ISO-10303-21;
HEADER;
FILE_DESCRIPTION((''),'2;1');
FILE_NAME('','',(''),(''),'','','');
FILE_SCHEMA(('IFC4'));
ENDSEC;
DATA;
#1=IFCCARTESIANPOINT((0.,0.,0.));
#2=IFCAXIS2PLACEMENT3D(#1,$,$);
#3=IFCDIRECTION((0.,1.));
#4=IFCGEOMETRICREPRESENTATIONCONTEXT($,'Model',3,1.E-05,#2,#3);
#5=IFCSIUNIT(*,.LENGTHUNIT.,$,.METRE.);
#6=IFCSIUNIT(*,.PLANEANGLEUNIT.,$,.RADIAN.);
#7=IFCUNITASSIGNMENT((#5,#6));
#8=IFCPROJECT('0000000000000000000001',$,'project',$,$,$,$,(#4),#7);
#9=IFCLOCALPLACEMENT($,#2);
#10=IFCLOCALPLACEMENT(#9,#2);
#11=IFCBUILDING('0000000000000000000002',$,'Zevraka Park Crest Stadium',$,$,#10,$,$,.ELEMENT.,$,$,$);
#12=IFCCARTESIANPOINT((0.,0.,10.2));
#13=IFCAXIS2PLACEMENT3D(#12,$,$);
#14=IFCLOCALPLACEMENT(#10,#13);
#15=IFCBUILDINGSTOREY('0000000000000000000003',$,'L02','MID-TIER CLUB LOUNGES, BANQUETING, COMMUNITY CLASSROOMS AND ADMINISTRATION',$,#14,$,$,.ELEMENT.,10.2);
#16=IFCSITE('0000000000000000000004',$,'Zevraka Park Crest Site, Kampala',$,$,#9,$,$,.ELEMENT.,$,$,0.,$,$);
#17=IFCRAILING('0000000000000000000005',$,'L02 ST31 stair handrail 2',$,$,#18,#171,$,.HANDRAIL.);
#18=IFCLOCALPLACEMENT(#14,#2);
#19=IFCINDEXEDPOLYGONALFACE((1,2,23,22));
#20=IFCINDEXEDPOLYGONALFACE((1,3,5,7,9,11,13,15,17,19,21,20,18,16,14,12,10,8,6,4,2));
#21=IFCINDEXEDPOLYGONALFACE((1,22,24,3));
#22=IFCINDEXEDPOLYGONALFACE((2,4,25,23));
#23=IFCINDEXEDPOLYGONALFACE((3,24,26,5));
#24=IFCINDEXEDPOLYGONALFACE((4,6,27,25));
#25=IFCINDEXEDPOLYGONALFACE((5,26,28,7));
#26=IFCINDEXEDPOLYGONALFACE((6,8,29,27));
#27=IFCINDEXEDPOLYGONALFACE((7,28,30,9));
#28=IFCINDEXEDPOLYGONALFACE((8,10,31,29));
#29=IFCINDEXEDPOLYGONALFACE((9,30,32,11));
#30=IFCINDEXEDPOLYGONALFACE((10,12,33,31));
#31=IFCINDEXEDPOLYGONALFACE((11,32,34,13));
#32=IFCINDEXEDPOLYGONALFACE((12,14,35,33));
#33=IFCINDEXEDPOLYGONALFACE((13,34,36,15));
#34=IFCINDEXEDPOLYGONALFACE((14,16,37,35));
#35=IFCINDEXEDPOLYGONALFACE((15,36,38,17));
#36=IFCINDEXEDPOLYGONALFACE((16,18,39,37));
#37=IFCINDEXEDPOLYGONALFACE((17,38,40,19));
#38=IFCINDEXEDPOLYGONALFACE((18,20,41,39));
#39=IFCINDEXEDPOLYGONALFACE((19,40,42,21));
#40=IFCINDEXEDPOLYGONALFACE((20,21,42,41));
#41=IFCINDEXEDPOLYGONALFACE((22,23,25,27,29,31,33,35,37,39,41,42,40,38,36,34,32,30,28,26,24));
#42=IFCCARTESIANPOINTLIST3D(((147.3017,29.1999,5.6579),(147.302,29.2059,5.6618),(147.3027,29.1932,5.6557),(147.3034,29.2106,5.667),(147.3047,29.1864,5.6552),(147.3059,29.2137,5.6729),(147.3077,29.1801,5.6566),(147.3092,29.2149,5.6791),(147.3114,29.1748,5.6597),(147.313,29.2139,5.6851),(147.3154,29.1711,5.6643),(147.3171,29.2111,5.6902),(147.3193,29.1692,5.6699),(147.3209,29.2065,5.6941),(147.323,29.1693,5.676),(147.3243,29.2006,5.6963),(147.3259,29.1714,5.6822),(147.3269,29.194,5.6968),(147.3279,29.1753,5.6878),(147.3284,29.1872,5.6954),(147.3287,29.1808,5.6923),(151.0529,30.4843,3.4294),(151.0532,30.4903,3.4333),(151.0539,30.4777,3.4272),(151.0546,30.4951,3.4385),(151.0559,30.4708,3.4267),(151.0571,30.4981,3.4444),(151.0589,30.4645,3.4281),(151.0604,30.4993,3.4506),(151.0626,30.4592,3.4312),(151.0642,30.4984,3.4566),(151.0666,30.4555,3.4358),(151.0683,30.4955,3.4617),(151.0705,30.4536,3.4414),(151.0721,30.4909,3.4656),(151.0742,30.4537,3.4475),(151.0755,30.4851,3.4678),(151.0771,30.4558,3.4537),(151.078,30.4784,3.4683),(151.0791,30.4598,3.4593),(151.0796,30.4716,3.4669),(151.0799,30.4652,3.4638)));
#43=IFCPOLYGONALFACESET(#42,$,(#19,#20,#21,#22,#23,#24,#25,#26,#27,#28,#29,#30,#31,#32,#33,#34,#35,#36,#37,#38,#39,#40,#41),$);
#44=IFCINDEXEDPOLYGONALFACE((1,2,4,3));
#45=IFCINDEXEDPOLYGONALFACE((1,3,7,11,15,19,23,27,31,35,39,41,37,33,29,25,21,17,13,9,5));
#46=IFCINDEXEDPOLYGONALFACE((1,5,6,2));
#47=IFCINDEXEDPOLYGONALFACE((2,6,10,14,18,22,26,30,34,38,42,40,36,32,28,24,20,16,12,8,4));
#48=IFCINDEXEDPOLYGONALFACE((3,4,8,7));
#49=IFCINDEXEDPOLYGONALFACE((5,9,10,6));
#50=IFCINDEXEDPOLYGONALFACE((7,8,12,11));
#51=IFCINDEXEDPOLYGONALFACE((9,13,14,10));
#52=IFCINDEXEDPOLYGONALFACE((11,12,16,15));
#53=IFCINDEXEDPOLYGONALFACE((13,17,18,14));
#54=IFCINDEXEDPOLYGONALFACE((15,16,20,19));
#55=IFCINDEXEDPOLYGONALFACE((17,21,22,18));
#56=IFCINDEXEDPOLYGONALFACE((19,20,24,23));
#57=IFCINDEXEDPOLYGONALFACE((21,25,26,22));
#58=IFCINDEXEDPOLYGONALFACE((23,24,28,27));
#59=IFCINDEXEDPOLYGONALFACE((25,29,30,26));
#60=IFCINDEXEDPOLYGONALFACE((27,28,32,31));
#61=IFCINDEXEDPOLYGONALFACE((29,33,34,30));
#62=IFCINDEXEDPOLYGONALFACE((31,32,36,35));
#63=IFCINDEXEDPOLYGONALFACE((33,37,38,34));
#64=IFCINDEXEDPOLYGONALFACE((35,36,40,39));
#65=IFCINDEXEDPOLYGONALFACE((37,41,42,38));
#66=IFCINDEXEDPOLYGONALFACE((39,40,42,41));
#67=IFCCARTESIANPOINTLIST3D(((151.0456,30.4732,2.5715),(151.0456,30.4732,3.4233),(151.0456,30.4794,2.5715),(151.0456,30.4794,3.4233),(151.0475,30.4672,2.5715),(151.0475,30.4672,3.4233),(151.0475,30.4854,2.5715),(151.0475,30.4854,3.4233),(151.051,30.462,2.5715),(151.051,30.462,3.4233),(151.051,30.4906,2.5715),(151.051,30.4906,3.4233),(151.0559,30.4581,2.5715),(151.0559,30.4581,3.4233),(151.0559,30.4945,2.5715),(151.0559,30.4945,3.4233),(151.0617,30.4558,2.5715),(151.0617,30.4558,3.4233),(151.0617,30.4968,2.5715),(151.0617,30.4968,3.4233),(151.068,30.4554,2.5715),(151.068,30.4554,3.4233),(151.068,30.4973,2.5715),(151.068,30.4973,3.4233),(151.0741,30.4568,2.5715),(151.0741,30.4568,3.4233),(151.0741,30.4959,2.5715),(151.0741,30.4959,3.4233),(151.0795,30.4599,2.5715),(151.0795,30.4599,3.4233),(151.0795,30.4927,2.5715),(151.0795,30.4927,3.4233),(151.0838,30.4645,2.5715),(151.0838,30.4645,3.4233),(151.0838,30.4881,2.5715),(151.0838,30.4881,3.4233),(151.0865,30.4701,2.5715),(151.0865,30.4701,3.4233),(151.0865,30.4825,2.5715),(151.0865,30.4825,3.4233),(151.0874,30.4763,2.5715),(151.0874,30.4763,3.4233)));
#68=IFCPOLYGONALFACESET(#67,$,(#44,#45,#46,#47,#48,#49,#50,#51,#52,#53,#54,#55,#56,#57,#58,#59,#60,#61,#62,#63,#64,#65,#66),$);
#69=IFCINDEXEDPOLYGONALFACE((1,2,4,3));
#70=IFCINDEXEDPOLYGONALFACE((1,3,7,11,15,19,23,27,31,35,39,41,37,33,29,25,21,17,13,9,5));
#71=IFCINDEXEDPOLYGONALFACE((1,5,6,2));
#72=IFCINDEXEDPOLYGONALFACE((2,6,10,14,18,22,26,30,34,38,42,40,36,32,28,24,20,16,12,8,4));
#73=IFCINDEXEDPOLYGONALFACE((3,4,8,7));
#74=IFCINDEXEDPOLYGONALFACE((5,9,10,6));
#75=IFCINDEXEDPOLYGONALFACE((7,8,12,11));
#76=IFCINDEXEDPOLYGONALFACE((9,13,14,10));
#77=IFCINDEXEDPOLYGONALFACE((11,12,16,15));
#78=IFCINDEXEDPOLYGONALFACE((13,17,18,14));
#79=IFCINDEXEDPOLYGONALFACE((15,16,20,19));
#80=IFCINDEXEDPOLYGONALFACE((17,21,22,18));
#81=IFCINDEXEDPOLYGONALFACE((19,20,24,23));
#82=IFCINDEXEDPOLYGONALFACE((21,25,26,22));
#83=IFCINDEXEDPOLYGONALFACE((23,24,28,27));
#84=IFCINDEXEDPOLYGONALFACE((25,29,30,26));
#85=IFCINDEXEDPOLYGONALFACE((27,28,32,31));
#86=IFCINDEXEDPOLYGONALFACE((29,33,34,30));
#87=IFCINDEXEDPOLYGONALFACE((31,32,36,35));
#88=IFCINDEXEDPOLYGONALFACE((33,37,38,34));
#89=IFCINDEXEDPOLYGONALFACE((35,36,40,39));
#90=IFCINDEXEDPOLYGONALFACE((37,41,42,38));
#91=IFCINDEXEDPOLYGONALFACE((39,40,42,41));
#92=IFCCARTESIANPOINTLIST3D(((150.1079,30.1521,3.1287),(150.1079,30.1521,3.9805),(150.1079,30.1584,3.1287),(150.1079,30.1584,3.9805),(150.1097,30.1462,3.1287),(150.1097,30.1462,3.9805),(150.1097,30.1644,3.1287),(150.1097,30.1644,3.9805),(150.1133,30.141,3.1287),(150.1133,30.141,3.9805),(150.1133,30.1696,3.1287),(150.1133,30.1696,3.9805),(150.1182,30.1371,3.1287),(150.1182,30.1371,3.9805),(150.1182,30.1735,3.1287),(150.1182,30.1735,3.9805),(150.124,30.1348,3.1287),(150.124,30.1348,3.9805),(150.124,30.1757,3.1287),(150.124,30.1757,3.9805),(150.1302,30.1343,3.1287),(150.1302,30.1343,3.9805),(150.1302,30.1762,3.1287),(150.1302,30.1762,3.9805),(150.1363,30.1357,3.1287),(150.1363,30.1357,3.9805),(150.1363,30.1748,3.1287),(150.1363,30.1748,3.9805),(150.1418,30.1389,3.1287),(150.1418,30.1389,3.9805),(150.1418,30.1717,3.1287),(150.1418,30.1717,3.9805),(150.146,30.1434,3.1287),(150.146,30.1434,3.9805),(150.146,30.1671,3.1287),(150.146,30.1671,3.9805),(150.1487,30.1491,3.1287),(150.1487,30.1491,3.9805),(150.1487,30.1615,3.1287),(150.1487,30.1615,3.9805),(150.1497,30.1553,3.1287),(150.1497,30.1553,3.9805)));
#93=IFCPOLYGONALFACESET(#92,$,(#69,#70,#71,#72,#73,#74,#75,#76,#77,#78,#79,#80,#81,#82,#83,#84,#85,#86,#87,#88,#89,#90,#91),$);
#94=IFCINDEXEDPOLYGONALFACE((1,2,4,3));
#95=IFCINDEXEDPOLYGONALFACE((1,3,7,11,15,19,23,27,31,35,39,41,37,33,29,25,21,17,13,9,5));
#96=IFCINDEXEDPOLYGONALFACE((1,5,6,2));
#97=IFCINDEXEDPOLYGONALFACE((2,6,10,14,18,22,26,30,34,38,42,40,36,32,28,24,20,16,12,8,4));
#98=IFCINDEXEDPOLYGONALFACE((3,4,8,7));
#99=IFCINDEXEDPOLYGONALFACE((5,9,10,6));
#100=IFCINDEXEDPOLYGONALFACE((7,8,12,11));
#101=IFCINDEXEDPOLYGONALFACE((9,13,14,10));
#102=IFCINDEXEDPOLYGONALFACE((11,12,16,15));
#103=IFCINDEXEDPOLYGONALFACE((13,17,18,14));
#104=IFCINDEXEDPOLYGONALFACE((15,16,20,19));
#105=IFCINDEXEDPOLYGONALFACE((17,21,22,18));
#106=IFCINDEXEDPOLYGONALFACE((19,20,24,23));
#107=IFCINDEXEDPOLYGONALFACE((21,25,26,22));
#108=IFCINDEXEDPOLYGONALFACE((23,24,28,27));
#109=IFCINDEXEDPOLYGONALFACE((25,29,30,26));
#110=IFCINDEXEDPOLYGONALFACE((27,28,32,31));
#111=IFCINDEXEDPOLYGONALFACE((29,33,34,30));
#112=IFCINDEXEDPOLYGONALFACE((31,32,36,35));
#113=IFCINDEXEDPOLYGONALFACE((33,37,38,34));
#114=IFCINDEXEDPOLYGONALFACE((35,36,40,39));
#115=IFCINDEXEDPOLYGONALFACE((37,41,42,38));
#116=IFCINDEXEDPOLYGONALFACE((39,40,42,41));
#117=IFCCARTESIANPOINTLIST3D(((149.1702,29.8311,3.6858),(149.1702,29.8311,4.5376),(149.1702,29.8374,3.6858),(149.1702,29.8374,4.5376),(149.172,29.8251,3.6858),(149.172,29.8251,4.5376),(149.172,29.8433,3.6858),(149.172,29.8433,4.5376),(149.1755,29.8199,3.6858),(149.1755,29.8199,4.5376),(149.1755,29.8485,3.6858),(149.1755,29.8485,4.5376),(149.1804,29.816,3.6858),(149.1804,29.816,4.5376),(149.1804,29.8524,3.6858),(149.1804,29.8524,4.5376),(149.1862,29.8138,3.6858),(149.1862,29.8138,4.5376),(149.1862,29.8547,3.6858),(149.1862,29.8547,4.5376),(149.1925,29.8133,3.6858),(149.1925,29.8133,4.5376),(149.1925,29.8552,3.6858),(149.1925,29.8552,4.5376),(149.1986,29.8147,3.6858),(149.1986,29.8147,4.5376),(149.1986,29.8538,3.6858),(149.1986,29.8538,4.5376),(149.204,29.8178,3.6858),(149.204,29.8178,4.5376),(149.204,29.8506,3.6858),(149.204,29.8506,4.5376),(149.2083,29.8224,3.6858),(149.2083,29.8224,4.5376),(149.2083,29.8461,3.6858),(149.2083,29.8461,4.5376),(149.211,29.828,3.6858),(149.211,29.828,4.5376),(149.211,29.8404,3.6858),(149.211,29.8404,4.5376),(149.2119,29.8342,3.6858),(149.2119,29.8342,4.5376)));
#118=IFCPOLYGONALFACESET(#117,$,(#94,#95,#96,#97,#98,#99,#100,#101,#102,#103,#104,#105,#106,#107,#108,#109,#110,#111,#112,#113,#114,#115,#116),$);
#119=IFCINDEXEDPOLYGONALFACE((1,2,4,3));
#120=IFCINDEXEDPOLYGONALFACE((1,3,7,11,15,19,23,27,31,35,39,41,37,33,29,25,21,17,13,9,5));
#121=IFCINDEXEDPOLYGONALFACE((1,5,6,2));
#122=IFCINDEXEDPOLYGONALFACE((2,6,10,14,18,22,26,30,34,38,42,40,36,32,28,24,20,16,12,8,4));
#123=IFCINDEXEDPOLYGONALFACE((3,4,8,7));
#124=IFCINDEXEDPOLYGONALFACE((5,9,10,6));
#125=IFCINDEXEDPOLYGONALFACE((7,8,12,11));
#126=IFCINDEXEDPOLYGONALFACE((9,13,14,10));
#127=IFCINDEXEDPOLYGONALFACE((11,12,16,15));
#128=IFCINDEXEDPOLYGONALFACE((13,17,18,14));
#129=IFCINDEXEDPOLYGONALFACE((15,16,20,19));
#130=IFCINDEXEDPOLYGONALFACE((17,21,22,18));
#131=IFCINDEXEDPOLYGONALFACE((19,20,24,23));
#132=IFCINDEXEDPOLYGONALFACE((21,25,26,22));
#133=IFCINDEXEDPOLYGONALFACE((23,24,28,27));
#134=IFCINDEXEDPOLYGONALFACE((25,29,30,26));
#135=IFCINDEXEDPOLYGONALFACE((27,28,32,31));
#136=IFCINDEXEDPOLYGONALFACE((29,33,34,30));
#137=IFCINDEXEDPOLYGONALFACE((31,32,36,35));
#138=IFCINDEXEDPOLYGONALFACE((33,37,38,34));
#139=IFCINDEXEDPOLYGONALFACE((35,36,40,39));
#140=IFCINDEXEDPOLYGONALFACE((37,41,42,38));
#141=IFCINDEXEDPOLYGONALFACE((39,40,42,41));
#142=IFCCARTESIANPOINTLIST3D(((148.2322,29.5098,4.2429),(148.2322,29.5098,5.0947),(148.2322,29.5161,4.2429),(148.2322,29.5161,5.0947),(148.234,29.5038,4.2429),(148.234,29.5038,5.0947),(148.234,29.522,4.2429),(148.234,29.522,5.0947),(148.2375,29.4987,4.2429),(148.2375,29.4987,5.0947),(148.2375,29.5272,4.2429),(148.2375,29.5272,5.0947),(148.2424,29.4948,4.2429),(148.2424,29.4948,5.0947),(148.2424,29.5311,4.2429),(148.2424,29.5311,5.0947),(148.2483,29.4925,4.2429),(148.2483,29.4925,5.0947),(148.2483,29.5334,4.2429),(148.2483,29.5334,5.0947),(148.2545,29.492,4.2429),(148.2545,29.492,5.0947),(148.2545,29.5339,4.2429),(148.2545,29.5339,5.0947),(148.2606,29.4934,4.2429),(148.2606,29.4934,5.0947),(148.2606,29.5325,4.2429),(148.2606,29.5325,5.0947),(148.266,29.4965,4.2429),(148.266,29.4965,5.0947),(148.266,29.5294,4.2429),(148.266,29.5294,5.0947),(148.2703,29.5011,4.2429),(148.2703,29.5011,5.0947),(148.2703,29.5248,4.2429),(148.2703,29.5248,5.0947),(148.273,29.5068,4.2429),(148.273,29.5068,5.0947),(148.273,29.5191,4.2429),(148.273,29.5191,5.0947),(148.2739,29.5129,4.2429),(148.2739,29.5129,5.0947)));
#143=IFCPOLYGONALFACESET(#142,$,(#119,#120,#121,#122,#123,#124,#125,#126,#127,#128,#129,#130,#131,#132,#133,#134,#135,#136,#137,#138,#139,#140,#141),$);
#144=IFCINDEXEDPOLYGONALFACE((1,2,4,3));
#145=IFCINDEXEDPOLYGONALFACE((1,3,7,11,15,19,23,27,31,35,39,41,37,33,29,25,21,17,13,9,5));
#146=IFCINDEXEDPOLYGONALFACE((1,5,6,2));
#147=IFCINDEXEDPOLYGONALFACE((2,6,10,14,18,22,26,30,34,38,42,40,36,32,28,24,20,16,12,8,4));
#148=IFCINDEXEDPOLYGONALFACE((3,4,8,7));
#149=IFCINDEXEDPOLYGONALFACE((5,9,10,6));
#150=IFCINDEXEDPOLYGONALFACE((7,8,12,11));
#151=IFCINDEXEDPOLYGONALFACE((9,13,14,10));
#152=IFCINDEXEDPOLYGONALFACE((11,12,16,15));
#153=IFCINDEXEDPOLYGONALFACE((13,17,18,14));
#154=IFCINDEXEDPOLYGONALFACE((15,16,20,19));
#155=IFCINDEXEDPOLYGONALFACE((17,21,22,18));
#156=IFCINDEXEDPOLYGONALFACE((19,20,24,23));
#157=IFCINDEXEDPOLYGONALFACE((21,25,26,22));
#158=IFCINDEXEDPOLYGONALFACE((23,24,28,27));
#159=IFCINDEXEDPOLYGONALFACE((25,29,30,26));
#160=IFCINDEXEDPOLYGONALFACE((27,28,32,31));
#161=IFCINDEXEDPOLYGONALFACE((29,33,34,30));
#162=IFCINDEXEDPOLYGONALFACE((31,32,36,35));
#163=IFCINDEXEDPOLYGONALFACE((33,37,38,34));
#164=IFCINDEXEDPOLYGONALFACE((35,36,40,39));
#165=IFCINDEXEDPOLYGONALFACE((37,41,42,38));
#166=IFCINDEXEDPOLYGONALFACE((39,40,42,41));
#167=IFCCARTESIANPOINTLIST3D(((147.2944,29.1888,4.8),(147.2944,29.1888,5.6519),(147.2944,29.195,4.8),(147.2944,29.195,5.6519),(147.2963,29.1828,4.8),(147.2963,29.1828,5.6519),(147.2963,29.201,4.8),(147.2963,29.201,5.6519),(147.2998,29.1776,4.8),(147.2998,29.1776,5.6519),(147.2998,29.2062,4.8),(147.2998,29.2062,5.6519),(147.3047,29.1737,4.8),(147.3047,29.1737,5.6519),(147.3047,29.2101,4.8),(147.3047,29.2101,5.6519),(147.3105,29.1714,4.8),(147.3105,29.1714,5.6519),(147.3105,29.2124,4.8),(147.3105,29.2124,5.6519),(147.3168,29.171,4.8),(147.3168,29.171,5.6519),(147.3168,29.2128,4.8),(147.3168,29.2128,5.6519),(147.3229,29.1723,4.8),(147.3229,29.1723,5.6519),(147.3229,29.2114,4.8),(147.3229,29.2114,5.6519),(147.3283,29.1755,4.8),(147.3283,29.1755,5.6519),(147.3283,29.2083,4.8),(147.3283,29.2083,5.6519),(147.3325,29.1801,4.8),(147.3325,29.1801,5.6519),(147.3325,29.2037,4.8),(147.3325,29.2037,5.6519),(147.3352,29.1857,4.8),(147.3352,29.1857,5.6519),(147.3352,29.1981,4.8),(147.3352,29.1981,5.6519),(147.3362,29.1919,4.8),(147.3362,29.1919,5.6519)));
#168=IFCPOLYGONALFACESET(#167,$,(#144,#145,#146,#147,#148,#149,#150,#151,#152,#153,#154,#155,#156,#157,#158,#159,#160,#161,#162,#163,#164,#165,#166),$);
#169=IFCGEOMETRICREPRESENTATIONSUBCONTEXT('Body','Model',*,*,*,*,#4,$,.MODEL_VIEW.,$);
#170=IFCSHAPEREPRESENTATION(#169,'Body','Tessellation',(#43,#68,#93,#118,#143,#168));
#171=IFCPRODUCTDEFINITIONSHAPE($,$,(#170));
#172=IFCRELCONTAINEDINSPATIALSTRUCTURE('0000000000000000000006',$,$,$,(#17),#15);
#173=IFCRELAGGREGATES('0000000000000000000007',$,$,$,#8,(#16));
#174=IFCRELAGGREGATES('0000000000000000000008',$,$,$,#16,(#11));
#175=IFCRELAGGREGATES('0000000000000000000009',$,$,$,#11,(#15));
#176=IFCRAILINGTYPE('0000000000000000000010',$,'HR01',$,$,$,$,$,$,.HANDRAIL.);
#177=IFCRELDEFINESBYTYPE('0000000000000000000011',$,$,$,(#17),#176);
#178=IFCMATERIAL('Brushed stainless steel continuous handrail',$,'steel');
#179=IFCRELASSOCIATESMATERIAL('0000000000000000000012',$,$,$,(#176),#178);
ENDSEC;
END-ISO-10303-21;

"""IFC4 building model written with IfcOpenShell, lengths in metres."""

from ifc_helpers import new_model, si_unit, direction, frame, origin, origin_2d, place, context, subcontext, project, spatial, circle, extrude, material, type_object, element, save


model = new_model("IFC4")

# Units and contexts
model_context = context("Model", 3, precision=1e-05, world=origin(), true_north=direction((0.0, 1.0)))
body_context = subcontext(model_context, "Body", "Model", "MODEL_VIEW")
ifc_project = project(units=[si_unit("LENGTHUNIT", "METRE"), si_unit("PLANEANGLEUNIT", "RADIAN")], contexts=[model_context])

# Site, building, storey
site_placement = place(None, origin())
site = spatial("IfcSite", under=ifc_project, at=site_placement, Name="Zevraka Park Crest Site, Kampala", CompositionType="ELEMENT", RefElevation=0.0)
building_placement = place(site_placement, origin())
building = spatial("IfcBuilding", under=site, at=building_placement, Name="Zevraka Park Crest Stadium", CompositionType="ELEMENT")
storey_placement = place(building_placement, frame((0.0, 0.0, 10.2)))
storey = spatial("IfcBuildingStorey", under=building, at=storey_placement, Name="L02", Description="MID-TIER CLUB LOUNGES, BANQUETING, COMMUNITY CLASSROOMS AND ADMINISTRATION", CompositionType="ELEMENT", Elevation=10.2)

# Railing
ifc_material_1 = material(Name="Brushed stainless steel continuous handrail", Category="steel")
railing_type_1 = type_object("IfcRailingType", Name="HR01", PredefinedType="HANDRAIL", material=ifc_material_1)
railing_1_placement = place(storey_placement, frame((151.0664, 30.4763, 2.5715)))
element("IfcRailing", 1, at=railing_1_placement, inside=storey, type_object=railing_type_1, Name="L02 ST31 stair handrail 2", PredefinedType="HANDRAIL", context=body_context, shape_type="SweptSolid", body=[
    extrude(circle(Radius=0.0239, at=origin_2d()), frame((0.0, 0.0, 0.876), z_axis=(-0.824739, -0.282392, 0.489959), x_axis=(0.323939, -0.946078, 0.0)), (0.0, 0.0, 1.0), 4.5483),
    extrude(circle(Radius=0.021, at=origin_2d()), origin(), (0.0, 0.0, 1.0), 0.8518),
    extrude(circle(Radius=0.021, at=origin_2d()), frame((-0.9377, -0.321, 0.5571)), (0.0, 0.0, 1.0), 0.8518),
    extrude(circle(Radius=0.021, at=origin_2d()), frame((-1.8755, -0.6421, 1.1143)), (0.0, 0.0, 1.0), 0.8518),
    extrude(circle(Radius=0.021, at=origin_2d()), frame((-2.8135, -0.9634, 1.6714)), (0.0, 0.0, 1.0), 0.8518),
    extrude(circle(Radius=0.021, at=origin_2d()), frame((-3.7512, -1.2844, 2.2285)), (0.0, 0.0, 1.0), 0.8518),
])

save(model, "model.ifc")
